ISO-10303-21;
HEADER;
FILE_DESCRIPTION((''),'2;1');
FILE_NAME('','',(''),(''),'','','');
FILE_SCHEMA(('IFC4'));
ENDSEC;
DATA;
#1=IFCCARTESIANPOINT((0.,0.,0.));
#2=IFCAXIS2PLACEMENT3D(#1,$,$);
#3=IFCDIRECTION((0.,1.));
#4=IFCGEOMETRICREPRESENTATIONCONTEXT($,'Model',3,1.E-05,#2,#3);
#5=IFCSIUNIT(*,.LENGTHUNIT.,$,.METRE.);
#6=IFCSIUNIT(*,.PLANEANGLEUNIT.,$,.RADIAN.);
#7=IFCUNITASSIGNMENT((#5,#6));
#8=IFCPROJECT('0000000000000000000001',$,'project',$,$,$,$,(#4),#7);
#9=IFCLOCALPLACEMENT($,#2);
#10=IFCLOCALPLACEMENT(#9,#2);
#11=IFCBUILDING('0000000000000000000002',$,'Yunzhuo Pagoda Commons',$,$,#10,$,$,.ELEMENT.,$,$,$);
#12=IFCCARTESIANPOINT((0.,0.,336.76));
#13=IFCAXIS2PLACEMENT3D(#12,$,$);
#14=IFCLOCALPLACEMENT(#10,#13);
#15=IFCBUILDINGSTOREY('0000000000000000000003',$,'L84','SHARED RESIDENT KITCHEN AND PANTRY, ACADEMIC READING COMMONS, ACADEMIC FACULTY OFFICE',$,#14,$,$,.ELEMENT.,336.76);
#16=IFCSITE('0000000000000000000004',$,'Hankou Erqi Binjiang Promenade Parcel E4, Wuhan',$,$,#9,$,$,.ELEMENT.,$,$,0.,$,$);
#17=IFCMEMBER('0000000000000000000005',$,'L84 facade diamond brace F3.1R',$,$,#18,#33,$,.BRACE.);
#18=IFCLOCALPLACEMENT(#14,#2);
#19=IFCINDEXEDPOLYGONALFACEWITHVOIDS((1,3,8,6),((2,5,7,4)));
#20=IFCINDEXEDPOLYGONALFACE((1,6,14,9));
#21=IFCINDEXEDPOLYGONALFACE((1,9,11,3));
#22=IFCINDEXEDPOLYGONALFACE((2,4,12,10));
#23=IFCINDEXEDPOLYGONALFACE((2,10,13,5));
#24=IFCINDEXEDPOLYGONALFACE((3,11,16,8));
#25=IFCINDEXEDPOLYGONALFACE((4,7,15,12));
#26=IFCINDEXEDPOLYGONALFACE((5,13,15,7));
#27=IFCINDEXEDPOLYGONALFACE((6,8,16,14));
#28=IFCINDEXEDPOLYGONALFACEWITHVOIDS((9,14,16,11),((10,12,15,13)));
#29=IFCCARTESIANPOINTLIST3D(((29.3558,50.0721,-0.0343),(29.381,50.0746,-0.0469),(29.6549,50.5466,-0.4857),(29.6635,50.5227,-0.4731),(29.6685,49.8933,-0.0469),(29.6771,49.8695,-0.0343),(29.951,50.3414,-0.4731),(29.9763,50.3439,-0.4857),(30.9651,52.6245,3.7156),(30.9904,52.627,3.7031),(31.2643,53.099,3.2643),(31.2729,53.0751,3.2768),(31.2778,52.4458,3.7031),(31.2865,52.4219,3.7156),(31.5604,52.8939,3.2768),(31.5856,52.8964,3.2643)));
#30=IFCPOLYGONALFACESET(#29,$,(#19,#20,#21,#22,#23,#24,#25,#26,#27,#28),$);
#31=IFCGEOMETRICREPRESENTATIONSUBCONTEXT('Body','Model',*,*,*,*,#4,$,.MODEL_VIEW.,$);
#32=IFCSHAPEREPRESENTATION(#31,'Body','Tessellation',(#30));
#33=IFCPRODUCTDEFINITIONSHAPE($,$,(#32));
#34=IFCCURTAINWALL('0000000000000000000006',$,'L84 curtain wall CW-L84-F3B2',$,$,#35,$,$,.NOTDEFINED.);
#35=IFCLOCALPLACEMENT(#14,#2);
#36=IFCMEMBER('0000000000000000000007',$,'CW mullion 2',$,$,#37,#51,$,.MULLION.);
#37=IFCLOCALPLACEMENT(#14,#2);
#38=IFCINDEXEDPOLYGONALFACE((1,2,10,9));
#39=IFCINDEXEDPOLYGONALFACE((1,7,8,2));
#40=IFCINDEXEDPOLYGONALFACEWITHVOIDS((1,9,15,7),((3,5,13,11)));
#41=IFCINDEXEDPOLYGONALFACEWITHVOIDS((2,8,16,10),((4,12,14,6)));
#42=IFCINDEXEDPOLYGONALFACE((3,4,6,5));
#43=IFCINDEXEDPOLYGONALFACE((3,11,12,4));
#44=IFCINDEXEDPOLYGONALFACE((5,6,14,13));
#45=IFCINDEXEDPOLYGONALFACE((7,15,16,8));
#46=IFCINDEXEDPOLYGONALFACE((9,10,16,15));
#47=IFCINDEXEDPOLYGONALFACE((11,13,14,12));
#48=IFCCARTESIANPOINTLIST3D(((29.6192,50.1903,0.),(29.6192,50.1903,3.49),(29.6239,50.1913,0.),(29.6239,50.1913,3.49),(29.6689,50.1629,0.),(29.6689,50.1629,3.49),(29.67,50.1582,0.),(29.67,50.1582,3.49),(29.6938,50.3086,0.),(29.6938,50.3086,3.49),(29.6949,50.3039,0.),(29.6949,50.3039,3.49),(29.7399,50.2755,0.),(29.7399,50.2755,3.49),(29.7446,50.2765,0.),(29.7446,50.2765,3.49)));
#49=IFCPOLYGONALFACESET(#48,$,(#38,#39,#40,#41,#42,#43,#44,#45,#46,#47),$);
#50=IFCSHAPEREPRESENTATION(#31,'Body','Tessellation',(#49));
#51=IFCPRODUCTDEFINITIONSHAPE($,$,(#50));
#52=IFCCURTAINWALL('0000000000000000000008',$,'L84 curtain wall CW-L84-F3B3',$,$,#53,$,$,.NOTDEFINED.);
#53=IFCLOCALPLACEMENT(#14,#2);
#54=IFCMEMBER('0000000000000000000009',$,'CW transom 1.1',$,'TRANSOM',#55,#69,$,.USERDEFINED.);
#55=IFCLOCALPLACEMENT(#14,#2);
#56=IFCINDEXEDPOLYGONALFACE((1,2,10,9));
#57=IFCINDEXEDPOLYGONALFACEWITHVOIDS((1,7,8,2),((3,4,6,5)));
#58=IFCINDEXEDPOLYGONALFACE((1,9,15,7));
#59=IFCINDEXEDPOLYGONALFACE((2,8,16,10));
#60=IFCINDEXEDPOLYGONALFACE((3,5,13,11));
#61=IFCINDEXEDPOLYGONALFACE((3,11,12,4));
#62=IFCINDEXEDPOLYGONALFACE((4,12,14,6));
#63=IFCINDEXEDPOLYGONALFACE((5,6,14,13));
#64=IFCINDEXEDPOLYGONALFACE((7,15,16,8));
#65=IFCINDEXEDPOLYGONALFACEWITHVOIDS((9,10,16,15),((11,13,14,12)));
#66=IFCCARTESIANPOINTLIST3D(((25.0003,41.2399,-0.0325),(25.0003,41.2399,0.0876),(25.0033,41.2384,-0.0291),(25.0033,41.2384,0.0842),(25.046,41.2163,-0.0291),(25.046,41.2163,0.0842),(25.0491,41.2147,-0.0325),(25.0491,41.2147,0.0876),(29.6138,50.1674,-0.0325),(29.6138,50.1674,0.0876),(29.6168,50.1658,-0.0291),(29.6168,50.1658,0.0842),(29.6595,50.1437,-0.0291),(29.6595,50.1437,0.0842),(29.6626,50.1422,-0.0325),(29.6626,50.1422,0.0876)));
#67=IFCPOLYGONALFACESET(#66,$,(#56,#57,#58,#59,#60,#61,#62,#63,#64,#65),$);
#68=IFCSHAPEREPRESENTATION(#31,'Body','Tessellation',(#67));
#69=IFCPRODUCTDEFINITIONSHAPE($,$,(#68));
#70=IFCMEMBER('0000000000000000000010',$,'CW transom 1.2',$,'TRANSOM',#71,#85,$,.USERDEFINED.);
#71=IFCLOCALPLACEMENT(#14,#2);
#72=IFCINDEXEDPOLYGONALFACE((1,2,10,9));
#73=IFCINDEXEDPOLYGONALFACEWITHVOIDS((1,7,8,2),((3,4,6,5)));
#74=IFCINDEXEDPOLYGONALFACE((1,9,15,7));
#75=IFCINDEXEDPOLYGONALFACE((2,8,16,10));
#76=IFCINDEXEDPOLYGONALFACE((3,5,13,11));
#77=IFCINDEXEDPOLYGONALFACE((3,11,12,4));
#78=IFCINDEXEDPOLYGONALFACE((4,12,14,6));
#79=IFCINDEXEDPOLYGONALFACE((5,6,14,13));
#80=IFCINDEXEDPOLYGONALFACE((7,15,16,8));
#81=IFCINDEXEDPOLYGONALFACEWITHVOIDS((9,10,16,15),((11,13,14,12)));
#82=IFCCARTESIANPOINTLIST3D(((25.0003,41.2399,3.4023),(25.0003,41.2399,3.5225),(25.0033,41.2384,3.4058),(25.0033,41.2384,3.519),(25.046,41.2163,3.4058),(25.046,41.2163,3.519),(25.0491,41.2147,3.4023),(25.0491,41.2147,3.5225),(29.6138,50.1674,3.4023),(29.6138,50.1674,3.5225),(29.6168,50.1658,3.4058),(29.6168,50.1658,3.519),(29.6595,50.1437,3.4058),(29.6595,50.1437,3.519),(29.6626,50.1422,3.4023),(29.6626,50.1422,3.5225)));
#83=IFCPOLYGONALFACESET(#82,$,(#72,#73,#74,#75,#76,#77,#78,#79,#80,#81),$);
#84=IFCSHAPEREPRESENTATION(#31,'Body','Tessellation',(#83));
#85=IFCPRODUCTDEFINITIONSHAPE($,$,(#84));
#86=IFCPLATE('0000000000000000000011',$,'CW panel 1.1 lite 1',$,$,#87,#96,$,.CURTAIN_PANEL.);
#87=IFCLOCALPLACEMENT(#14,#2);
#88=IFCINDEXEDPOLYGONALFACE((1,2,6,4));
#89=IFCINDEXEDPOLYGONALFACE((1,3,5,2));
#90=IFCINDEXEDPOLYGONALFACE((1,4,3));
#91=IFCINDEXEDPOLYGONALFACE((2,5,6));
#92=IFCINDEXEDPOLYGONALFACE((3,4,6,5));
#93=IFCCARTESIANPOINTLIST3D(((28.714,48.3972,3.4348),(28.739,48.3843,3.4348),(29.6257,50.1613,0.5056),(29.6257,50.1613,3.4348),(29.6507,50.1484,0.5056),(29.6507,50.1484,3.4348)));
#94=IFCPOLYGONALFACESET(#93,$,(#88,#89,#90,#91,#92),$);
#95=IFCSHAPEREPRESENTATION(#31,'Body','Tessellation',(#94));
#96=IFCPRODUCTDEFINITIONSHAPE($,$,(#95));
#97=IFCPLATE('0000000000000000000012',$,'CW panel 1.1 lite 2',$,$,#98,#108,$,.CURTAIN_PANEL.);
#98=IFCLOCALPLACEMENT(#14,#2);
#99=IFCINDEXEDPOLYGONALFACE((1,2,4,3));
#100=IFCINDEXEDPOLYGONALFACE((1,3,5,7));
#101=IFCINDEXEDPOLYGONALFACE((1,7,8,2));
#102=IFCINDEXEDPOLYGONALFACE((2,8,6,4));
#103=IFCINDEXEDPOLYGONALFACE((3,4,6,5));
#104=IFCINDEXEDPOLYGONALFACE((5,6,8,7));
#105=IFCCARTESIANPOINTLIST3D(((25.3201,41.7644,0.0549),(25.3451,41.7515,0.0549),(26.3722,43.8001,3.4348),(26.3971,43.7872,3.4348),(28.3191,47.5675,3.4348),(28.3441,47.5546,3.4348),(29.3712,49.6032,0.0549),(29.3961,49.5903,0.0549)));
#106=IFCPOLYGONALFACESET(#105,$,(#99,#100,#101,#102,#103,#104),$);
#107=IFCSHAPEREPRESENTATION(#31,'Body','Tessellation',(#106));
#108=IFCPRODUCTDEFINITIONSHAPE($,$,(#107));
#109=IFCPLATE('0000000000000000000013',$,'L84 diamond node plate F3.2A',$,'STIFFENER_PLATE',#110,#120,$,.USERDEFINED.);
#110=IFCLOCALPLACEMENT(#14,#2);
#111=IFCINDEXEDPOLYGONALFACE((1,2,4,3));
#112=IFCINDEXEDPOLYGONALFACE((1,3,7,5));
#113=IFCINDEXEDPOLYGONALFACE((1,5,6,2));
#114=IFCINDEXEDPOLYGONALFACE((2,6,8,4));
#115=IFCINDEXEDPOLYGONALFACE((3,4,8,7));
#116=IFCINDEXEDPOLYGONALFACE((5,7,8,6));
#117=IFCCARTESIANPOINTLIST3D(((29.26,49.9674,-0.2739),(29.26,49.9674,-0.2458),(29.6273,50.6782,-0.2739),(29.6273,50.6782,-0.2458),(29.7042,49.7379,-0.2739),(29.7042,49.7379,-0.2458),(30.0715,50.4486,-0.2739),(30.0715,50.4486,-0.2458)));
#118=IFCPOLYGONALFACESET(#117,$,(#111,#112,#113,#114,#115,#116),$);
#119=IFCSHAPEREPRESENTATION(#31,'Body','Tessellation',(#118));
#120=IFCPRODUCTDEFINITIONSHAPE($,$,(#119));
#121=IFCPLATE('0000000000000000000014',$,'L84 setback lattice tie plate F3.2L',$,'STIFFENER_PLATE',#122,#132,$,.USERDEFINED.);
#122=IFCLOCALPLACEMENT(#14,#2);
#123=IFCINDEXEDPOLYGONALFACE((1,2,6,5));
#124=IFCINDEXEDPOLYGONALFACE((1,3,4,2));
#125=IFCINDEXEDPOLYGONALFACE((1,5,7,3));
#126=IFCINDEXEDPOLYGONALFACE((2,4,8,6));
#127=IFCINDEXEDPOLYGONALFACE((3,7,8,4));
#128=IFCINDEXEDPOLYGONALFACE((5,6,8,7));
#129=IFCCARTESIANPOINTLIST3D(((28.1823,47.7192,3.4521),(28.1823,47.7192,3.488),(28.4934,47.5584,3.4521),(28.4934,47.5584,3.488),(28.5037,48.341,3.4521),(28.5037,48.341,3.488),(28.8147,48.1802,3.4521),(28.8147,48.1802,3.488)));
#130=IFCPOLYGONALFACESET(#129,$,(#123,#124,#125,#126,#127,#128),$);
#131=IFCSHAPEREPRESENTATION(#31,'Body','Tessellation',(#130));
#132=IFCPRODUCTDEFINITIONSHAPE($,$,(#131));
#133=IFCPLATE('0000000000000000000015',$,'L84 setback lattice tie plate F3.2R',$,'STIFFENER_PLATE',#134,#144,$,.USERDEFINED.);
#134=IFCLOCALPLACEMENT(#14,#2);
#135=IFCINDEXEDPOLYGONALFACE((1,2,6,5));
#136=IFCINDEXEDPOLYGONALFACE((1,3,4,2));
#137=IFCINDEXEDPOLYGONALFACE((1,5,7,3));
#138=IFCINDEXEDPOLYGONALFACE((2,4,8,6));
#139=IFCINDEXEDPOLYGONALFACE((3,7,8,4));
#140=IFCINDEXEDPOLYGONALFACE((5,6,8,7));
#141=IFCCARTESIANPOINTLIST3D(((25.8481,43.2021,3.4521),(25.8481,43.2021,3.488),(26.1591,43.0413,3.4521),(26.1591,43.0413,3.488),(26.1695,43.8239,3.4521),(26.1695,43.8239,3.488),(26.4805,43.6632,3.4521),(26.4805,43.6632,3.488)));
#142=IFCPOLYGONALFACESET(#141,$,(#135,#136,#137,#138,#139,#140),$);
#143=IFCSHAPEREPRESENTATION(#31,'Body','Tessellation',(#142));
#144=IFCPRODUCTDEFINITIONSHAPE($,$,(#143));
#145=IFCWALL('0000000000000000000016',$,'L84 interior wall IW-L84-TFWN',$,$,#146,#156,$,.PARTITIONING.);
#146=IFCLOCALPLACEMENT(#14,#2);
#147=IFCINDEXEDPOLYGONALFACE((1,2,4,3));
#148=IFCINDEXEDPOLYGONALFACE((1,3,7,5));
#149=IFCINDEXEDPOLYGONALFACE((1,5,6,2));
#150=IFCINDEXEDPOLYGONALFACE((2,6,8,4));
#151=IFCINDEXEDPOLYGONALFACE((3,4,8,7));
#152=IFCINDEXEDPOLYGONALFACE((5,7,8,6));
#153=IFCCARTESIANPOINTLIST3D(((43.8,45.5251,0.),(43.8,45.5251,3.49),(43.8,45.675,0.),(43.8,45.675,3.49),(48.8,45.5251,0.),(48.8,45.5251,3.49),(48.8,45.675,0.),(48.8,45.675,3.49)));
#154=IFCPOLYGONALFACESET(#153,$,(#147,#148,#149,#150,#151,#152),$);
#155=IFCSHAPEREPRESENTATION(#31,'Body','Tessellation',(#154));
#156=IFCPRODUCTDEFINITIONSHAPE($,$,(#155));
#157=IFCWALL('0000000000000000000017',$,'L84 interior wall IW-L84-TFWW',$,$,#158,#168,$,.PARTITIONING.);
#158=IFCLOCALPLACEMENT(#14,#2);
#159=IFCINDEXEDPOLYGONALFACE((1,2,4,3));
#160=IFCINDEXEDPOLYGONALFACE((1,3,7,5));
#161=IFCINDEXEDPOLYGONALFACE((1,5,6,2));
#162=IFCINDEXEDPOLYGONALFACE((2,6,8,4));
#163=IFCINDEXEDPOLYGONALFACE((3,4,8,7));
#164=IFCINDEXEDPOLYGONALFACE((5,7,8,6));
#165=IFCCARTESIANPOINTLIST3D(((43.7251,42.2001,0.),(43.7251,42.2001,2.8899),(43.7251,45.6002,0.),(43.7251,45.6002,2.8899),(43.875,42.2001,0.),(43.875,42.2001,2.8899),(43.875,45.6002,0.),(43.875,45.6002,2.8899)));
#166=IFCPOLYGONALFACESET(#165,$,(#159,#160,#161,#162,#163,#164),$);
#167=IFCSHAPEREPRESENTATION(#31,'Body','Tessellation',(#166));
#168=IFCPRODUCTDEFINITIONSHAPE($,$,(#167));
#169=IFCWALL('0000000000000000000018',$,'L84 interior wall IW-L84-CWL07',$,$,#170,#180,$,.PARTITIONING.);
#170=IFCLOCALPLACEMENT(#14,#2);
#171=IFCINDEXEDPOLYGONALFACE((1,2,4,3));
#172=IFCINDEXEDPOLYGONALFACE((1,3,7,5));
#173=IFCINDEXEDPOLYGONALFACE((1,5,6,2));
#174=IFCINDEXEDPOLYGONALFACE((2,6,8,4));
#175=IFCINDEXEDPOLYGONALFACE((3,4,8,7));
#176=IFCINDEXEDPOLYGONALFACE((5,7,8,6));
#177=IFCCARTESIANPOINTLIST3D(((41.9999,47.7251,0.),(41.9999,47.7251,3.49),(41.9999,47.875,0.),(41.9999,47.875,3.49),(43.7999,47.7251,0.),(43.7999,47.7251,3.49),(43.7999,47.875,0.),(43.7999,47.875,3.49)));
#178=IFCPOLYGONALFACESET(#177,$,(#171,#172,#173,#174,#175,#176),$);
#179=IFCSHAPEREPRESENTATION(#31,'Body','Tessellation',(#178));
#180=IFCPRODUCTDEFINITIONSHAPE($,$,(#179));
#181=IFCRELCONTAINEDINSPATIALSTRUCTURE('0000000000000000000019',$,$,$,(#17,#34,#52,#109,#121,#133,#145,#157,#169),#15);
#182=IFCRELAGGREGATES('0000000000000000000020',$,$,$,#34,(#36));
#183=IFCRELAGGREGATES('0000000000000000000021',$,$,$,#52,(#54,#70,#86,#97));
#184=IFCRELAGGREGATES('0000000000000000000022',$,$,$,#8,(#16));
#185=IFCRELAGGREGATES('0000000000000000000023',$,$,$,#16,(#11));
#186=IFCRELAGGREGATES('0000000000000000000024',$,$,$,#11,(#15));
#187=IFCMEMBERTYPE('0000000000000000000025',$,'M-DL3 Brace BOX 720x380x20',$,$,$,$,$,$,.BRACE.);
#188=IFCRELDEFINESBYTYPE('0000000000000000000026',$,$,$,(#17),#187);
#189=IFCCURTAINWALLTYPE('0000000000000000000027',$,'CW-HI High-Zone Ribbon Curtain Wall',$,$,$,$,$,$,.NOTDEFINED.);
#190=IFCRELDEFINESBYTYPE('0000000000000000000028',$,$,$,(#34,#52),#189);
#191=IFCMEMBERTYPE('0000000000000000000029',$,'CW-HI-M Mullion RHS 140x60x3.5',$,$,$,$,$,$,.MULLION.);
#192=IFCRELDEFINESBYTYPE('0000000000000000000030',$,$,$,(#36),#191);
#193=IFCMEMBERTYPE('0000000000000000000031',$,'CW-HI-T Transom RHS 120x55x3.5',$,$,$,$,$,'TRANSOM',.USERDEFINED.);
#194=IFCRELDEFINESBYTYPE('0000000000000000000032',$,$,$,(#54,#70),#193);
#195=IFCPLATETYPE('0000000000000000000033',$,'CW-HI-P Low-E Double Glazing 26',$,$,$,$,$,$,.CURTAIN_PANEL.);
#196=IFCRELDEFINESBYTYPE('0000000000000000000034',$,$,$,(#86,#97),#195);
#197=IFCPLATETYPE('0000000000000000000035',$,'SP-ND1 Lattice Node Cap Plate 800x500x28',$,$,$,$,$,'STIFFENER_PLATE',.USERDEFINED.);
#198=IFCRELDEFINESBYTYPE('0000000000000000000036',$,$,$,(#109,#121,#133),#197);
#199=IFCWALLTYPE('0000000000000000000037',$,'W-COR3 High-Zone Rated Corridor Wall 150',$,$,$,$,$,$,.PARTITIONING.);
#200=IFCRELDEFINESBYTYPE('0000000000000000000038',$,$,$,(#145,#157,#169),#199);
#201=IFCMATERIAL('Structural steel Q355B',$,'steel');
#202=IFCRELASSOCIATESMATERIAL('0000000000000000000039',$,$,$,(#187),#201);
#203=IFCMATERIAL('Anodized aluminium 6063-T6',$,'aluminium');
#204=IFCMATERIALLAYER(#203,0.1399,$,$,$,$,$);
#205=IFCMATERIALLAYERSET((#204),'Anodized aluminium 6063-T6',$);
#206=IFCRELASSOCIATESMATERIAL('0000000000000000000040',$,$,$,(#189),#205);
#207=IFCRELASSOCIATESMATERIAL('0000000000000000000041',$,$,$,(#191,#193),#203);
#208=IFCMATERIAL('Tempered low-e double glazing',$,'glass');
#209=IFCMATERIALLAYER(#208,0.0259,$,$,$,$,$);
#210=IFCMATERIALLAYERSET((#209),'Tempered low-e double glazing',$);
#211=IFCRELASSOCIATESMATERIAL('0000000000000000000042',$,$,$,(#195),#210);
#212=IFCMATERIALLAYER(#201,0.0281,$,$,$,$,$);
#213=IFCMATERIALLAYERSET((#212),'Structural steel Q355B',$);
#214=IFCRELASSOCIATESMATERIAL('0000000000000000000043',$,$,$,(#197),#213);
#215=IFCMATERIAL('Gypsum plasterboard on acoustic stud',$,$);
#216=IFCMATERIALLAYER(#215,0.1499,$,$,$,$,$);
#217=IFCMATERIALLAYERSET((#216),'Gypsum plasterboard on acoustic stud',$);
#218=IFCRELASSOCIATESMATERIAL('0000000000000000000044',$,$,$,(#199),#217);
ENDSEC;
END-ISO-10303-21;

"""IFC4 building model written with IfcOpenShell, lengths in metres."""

from ifc_helpers import new_model, si_unit, direction, frame, frame_2d, origin, origin_2d, place, context, subcontext, project, spatial, polyline, rectangle, hollow_rectangle, outline, extrude, source, transform, mapped, material, layer, layer_set, material_profile, profile_set, type_object, element, aggregate, save


model = new_model("IFC4")

# Units and contexts
model_context = context("Model", 3, precision=1e-05, world=origin(), true_north=direction((0.0, 1.0)))
body_context = subcontext(model_context, "Body", "Model", "MODEL_VIEW")
ifc_project = project(units=[si_unit("LENGTHUNIT", "METRE"), si_unit("PLANEANGLEUNIT", "RADIAN")], contexts=[model_context])

# Site, building, storey
site_placement = place(None, origin())
site = spatial("IfcSite", under=ifc_project, at=site_placement, Name="Hankou Erqi Binjiang Promenade Parcel E4, Wuhan", CompositionType="ELEMENT", RefElevation=0.0)
building_placement = place(site_placement, origin())
building = spatial("IfcBuilding", under=site, at=building_placement, Name="Yunzhuo Pagoda Commons", CompositionType="ELEMENT")
storey_placement = place(building_placement, frame((0.0, 0.0, 336.76)))
storey = spatial("IfcBuildingStorey", under=building, at=storey_placement, Name="L84", Description="SHARED RESIDENT KITCHEN AND PANTRY, ACADEMIC READING COMMONS, ACADEMIC FACULTY OFFICE", CompositionType="ELEMENT", Elevation=336.76)

# Shared definitions
ifc_material_1 = material(Name="Structural steel Q355B", Category="steel")

# Member
ifc_material_profile_1 = material_profile(ifc_material_1, hollow_rectangle(XDim=0.3799, YDim=0.72, WallThickness=0.02, at=origin_2d()), Name="Structural steel Q355B")
ifc_profile_set_1 = profile_set([ifc_material_profile_1], Name="Structural steel Q355B")
member_type_1 = type_object("IfcMemberType", Name="M-DL3 Brace BOX 720x380x20", PredefinedType="BRACE", material=ifc_profile_set_1)
shared_shape_1 = source(origin(), body_context, "Body", "SweptSolid", [
    extrude(hollow_rectangle(XDim=0.3799, YDim=0.72, WallThickness=0.02, at=origin_2d()), origin(), (0.0, 0.0, 1.0), 4.8132),
])
member_1_placement = place(storey_placement, frame((29.666, 50.208, -0.26), z_axis=(0.33436, 0.5303, 0.779092), x_axis=(-0.845896, 0.533347, 0.0)))
element("IfcMember", 1, at=member_1_placement, inside=storey, type_object=member_type_1, Name="L84 facade diamond brace F3.1R", PredefinedType="BRACE", context=body_context, shape_type="MappedRepresentation", body=[
    mapped(shared_shape_1, transform((0.0, 0.0, 0.0), scale=1.0)),
])

# Curtain wall, member
ifc_material_2 = material(Name="Anodized aluminium 6063-T6", Category="aluminium")
ifc_layer_1 = layer(ifc_material_2, 0.1399)
ifc_layer_set_1 = layer_set([ifc_layer_1], Name="Anodized aluminium 6063-T6")
curtain_wall_type = type_object("IfcCurtainWallType", Name="CW-HI High-Zone Ribbon Curtain Wall", PredefinedType="NOTDEFINED", material=ifc_layer_set_1)
curtain_wall_1_placement = place(storey_placement, origin())
curtain_wall_1 = element("IfcCurtainWall", 2, at=curtain_wall_1_placement, inside=storey, type_object=curtain_wall_type, Name="L84 curtain wall CW-L84-F3B2", PredefinedType="NOTDEFINED")
ifc_material_profile_2 = material_profile(ifc_material_2, hollow_rectangle(XDim=0.0601, YDim=0.1399, WallThickness=0.0034, at=origin_2d()), Name="Anodized aluminium 6063-T6")
ifc_profile_set_2 = profile_set([ifc_material_profile_2], Name="Anodized aluminium 6063-T6")
member_type_2 = type_object("IfcMemberType", Name="CW-HI-M Mullion RHS 140x60x3.5", PredefinedType="MULLION", material=ifc_profile_set_2)
shared_shape_2 = source(origin(), body_context, "Body", "SweptSolid", [
    extrude(hollow_rectangle(XDim=0.0601, YDim=0.1399, WallThickness=0.0034, at=origin_2d()), origin(), (0.0, 0.0, 1.0), 3.49),
])
member_2_placement = place(storey_placement, frame((29.6819, 50.2334, 0.0), z_axis=(0.0, 0.0, 1.0), x_axis=(0.845818, -0.533472, 0.0)))
member_2 = element("IfcMember", 3, at=member_2_placement, type_object=member_type_2, Name="CW mullion 2", PredefinedType="MULLION", context=body_context, shape_type="MappedRepresentation", body=[
    mapped(shared_shape_2, transform((0.0, 0.0, 0.0), scale=1.0)),
])
aggregate(curtain_wall_1, [member_2])

# Curtain wall, members, plates
curtain_wall_2_placement = place(storey_placement, origin())
curtain_wall_2 = element("IfcCurtainWall", 4, at=curtain_wall_2_placement, inside=storey, type_object=curtain_wall_type, Name="L84 curtain wall CW-L84-F3B3", PredefinedType="NOTDEFINED")
ifc_material_profile_3 = material_profile(ifc_material_2, hollow_rectangle(XDim=0.0549, YDim=0.1201, WallThickness=0.0034, at=origin_2d()), Name="Anodized aluminium 6063-T6")
ifc_profile_set_3 = profile_set([ifc_material_profile_3], Name="Anodized aluminium 6063-T6")
member_type_3 = type_object("IfcMemberType", Name="CW-HI-T Transom RHS 120x55x3.5", ElementType="TRANSOM", PredefinedType="USERDEFINED", material=ifc_profile_set_3)
shared_shape_3 = source(origin(), body_context, "Body", "SweptSolid", [
    extrude(hollow_rectangle(XDim=0.0549, YDim=0.1201, WallThickness=0.0034, at=origin_2d()), origin(), (0.0, 0.0, 1.0), 10.0491),
])
member_3_placement = place(storey_placement, frame((29.6382, 50.1548, 0.0276), z_axis=(-0.459098, -0.888386, 0.0), x_axis=(0.888386, -0.459098, 0.0)))
member_3 = element("IfcMember", 5, at=member_3_placement, type_object=member_type_3, Name="CW transom 1.1", ObjectType="TRANSOM", PredefinedType="USERDEFINED", context=body_context, shape_type="MappedRepresentation", body=[
    mapped(shared_shape_3, transform((0.0, 0.0, 0.0), scale=1.0)),
])
member_4_placement = place(storey_placement, frame((29.6382, 50.1548, 3.4624), z_axis=(-0.459098, -0.888386, 0.0), x_axis=(0.888386, -0.459098, 0.0)))
member_4 = element("IfcMember", 6, at=member_4_placement, type_object=member_type_3, Name="CW transom 1.2", ObjectType="TRANSOM", PredefinedType="USERDEFINED", context=body_context, shape_type="MappedRepresentation", body=[
    mapped(shared_shape_3, transform((0.0, 0.0, 0.0), scale=1.0)),
])
ifc_material_3 = material(Name="Tempered low-e double glazing", Category="glass")
ifc_layer_2 = layer(ifc_material_3, 0.0259)
ifc_layer_set_2 = layer_set([ifc_layer_2], Name="Tempered low-e double glazing")
plate_type_1 = type_object("IfcPlateType", Name="CW-HI-P Low-E Double Glazing 26", PredefinedType="CURTAIN_PANEL", material=ifc_layer_set_2)
plate_1_placement = place(storey_placement, frame((29.1948, 49.2664, 1.9702), z_axis=(-0.88838, 0.459108, 0.0), x_axis=(-0.459108, -0.88838, 0.0)))
plate_1 = element("IfcPlate", 7, at=plate_1_placement, type_object=plate_type_1, Name="CW panel 1.1 lite 1", PredefinedType="CURTAIN_PANEL", context=body_context, shape_type="SweptSolid", body=[
    extrude(outline(polyline([(-0.9929, -1.4646), (0.9929, 1.4646), (-0.9929, 1.4646), (-0.9929, -1.4646)])), origin(), (0.0, 0.0, 1.0), 0.0281),
])
plate_2_placement = place(storey_placement, frame((27.3706, 45.6709, 1.7449), z_axis=(-0.88838, 0.459108, 0.0), x_axis=(-0.459108, -0.88838, 0.0)))
plate_2 = element("IfcPlate", 8, at=plate_2_placement, type_object=plate_type_1, Name="CW panel 1.1 lite 2", PredefinedType="CURTAIN_PANEL", context=body_context, shape_type="SweptSolid", body=[
    extrude(outline(polyline([(-4.4119, -1.6899), (4.4119, -1.6899), (2.1204, 1.6899), (-2.1204, 1.6899), (-4.4119, -1.6899)])), origin(), (0.0, 0.0, 1.0), 0.0281),
])
aggregate(curtain_wall_2, [member_3, member_4, plate_1, plate_2])

# Plates
ifc_layer_3 = layer(ifc_material_1, 0.0281)
ifc_layer_set_3 = layer_set([ifc_layer_3], Name="Structural steel Q355B")
plate_type_2 = type_object("IfcPlateType", Name="SP-ND1 Lattice Node Cap Plate 800x500x28", ElementType="STIFFENER_PLATE", PredefinedType="USERDEFINED", material=ifc_layer_set_3)
shared_shape_4 = source(origin(), body_context, "Body", "SweptSolid", [
    extrude(rectangle(XDim=0.8, YDim=0.5, at=origin_2d()), origin(), (0.0, 0.0, 1.0), 0.0281),
])
plate_3_placement = place(storey_placement, frame((29.6658, 50.208, -0.2739), z_axis=(0.0, 0.0, 1.0), x_axis=(-0.459115, -0.888377, 0.0)))
element("IfcPlate", 9, at=plate_3_placement, inside=storey, type_object=plate_type_2, Name="L84 diamond node plate F3.2A", ObjectType="STIFFENER_PLATE", PredefinedType="USERDEFINED", context=body_context, shape_type="MappedRepresentation", body=[
    mapped(shared_shape_4, transform((0.0, 0.0, 0.0), scale=1.0)),
])
shared_shape_5 = source(origin(), body_context, "Body", "SweptSolid", [
    extrude(rectangle(XDim=0.7, YDim=0.3501, at=origin_2d()), origin(), (0.0, 0.0, 1.0), 0.0359),
])
for number, where, z_axis, x_axis, name in (
    (10, (28.4985, 47.9497, 3.4521), (0.0, 0.0, 1.0), (-0.459115, -0.888377, 0.0), "L84 setback lattice tie plate F3.2L"),
    (11, (26.1643, 43.4326, 3.4521), (0.0, 0.0, 1.0), (-0.459115, -0.888377, 0.0), "L84 setback lattice tie plate F3.2R"),
):
    element("IfcPlate", number, at=place(storey_placement, frame(where, z_axis=z_axis, x_axis=x_axis)), inside=storey, type_object=plate_type_2, Name=name, ObjectType="STIFFENER_PLATE", PredefinedType="USERDEFINED", context=body_context, shape_type="MappedRepresentation", body=[
        mapped(shared_shape_5, transform((0.0, 0.0, 0.0), scale=1.0)),
    ])

# Walls
ifc_material_4 = material(Name="Gypsum plasterboard on acoustic stud")
ifc_layer_4 = layer(ifc_material_4, 0.1499)
ifc_layer_set_4 = layer_set([ifc_layer_4], Name="Gypsum plasterboard on acoustic stud")
wall_type = type_object("IfcWallType", Name="W-COR3 High-Zone Rated Corridor Wall 150", PredefinedType="PARTITIONING", material=ifc_layer_set_4)
wall_1_placement = place(storey_placement, frame((43.8, 45.6001, 0.0), z_axis=(0.0, 0.0, 1.0), x_axis=(1.0, 0.0, 0.0)))
element("IfcWall", 12, at=wall_1_placement, inside=storey, type_object=wall_type, Name="L84 interior wall IW-L84-TFWN", PredefinedType="PARTITIONING", context=body_context, shape_type="SweptSolid", body=[
    extrude(rectangle(XDim=5.0, YDim=0.1499, at=frame_2d((2.5, 0.0))), origin(), (0.0, 0.0, 1.0), 3.49),
])
wall_2_placement = place(storey_placement, frame((43.8, 42.2, 0.0), z_axis=(0.0, 0.0, 1.0), x_axis=(0.0, 1.0, 0.0)))
element("IfcWall", 13, at=wall_2_placement, inside=storey, type_object=wall_type, Name="L84 interior wall IW-L84-TFWW", PredefinedType="PARTITIONING", context=body_context, shape_type="SweptSolid", body=[
    extrude(rectangle(XDim=3.4001, YDim=0.1499, at=frame_2d((1.7002, 0.0))), origin(), (0.0, 0.0, 1.0), 2.8899),
])
wall_3_placement = place(storey_placement, frame((42.0, 47.8, 0.0), z_axis=(0.0, 0.0, 1.0), x_axis=(1.0, 0.0, 0.0)))
element("IfcWall", 14, at=wall_3_placement, inside=storey, type_object=wall_type, Name="L84 interior wall IW-L84-CWL07", PredefinedType="PARTITIONING", context=body_context, shape_type="SweptSolid", body=[
    extrude(rectangle(XDim=1.8, YDim=0.1499, at=frame_2d((0.8999, 0.0))), origin(), (0.0, 0.0, 1.0), 3.49),
])

save(model, "model.ifc")
